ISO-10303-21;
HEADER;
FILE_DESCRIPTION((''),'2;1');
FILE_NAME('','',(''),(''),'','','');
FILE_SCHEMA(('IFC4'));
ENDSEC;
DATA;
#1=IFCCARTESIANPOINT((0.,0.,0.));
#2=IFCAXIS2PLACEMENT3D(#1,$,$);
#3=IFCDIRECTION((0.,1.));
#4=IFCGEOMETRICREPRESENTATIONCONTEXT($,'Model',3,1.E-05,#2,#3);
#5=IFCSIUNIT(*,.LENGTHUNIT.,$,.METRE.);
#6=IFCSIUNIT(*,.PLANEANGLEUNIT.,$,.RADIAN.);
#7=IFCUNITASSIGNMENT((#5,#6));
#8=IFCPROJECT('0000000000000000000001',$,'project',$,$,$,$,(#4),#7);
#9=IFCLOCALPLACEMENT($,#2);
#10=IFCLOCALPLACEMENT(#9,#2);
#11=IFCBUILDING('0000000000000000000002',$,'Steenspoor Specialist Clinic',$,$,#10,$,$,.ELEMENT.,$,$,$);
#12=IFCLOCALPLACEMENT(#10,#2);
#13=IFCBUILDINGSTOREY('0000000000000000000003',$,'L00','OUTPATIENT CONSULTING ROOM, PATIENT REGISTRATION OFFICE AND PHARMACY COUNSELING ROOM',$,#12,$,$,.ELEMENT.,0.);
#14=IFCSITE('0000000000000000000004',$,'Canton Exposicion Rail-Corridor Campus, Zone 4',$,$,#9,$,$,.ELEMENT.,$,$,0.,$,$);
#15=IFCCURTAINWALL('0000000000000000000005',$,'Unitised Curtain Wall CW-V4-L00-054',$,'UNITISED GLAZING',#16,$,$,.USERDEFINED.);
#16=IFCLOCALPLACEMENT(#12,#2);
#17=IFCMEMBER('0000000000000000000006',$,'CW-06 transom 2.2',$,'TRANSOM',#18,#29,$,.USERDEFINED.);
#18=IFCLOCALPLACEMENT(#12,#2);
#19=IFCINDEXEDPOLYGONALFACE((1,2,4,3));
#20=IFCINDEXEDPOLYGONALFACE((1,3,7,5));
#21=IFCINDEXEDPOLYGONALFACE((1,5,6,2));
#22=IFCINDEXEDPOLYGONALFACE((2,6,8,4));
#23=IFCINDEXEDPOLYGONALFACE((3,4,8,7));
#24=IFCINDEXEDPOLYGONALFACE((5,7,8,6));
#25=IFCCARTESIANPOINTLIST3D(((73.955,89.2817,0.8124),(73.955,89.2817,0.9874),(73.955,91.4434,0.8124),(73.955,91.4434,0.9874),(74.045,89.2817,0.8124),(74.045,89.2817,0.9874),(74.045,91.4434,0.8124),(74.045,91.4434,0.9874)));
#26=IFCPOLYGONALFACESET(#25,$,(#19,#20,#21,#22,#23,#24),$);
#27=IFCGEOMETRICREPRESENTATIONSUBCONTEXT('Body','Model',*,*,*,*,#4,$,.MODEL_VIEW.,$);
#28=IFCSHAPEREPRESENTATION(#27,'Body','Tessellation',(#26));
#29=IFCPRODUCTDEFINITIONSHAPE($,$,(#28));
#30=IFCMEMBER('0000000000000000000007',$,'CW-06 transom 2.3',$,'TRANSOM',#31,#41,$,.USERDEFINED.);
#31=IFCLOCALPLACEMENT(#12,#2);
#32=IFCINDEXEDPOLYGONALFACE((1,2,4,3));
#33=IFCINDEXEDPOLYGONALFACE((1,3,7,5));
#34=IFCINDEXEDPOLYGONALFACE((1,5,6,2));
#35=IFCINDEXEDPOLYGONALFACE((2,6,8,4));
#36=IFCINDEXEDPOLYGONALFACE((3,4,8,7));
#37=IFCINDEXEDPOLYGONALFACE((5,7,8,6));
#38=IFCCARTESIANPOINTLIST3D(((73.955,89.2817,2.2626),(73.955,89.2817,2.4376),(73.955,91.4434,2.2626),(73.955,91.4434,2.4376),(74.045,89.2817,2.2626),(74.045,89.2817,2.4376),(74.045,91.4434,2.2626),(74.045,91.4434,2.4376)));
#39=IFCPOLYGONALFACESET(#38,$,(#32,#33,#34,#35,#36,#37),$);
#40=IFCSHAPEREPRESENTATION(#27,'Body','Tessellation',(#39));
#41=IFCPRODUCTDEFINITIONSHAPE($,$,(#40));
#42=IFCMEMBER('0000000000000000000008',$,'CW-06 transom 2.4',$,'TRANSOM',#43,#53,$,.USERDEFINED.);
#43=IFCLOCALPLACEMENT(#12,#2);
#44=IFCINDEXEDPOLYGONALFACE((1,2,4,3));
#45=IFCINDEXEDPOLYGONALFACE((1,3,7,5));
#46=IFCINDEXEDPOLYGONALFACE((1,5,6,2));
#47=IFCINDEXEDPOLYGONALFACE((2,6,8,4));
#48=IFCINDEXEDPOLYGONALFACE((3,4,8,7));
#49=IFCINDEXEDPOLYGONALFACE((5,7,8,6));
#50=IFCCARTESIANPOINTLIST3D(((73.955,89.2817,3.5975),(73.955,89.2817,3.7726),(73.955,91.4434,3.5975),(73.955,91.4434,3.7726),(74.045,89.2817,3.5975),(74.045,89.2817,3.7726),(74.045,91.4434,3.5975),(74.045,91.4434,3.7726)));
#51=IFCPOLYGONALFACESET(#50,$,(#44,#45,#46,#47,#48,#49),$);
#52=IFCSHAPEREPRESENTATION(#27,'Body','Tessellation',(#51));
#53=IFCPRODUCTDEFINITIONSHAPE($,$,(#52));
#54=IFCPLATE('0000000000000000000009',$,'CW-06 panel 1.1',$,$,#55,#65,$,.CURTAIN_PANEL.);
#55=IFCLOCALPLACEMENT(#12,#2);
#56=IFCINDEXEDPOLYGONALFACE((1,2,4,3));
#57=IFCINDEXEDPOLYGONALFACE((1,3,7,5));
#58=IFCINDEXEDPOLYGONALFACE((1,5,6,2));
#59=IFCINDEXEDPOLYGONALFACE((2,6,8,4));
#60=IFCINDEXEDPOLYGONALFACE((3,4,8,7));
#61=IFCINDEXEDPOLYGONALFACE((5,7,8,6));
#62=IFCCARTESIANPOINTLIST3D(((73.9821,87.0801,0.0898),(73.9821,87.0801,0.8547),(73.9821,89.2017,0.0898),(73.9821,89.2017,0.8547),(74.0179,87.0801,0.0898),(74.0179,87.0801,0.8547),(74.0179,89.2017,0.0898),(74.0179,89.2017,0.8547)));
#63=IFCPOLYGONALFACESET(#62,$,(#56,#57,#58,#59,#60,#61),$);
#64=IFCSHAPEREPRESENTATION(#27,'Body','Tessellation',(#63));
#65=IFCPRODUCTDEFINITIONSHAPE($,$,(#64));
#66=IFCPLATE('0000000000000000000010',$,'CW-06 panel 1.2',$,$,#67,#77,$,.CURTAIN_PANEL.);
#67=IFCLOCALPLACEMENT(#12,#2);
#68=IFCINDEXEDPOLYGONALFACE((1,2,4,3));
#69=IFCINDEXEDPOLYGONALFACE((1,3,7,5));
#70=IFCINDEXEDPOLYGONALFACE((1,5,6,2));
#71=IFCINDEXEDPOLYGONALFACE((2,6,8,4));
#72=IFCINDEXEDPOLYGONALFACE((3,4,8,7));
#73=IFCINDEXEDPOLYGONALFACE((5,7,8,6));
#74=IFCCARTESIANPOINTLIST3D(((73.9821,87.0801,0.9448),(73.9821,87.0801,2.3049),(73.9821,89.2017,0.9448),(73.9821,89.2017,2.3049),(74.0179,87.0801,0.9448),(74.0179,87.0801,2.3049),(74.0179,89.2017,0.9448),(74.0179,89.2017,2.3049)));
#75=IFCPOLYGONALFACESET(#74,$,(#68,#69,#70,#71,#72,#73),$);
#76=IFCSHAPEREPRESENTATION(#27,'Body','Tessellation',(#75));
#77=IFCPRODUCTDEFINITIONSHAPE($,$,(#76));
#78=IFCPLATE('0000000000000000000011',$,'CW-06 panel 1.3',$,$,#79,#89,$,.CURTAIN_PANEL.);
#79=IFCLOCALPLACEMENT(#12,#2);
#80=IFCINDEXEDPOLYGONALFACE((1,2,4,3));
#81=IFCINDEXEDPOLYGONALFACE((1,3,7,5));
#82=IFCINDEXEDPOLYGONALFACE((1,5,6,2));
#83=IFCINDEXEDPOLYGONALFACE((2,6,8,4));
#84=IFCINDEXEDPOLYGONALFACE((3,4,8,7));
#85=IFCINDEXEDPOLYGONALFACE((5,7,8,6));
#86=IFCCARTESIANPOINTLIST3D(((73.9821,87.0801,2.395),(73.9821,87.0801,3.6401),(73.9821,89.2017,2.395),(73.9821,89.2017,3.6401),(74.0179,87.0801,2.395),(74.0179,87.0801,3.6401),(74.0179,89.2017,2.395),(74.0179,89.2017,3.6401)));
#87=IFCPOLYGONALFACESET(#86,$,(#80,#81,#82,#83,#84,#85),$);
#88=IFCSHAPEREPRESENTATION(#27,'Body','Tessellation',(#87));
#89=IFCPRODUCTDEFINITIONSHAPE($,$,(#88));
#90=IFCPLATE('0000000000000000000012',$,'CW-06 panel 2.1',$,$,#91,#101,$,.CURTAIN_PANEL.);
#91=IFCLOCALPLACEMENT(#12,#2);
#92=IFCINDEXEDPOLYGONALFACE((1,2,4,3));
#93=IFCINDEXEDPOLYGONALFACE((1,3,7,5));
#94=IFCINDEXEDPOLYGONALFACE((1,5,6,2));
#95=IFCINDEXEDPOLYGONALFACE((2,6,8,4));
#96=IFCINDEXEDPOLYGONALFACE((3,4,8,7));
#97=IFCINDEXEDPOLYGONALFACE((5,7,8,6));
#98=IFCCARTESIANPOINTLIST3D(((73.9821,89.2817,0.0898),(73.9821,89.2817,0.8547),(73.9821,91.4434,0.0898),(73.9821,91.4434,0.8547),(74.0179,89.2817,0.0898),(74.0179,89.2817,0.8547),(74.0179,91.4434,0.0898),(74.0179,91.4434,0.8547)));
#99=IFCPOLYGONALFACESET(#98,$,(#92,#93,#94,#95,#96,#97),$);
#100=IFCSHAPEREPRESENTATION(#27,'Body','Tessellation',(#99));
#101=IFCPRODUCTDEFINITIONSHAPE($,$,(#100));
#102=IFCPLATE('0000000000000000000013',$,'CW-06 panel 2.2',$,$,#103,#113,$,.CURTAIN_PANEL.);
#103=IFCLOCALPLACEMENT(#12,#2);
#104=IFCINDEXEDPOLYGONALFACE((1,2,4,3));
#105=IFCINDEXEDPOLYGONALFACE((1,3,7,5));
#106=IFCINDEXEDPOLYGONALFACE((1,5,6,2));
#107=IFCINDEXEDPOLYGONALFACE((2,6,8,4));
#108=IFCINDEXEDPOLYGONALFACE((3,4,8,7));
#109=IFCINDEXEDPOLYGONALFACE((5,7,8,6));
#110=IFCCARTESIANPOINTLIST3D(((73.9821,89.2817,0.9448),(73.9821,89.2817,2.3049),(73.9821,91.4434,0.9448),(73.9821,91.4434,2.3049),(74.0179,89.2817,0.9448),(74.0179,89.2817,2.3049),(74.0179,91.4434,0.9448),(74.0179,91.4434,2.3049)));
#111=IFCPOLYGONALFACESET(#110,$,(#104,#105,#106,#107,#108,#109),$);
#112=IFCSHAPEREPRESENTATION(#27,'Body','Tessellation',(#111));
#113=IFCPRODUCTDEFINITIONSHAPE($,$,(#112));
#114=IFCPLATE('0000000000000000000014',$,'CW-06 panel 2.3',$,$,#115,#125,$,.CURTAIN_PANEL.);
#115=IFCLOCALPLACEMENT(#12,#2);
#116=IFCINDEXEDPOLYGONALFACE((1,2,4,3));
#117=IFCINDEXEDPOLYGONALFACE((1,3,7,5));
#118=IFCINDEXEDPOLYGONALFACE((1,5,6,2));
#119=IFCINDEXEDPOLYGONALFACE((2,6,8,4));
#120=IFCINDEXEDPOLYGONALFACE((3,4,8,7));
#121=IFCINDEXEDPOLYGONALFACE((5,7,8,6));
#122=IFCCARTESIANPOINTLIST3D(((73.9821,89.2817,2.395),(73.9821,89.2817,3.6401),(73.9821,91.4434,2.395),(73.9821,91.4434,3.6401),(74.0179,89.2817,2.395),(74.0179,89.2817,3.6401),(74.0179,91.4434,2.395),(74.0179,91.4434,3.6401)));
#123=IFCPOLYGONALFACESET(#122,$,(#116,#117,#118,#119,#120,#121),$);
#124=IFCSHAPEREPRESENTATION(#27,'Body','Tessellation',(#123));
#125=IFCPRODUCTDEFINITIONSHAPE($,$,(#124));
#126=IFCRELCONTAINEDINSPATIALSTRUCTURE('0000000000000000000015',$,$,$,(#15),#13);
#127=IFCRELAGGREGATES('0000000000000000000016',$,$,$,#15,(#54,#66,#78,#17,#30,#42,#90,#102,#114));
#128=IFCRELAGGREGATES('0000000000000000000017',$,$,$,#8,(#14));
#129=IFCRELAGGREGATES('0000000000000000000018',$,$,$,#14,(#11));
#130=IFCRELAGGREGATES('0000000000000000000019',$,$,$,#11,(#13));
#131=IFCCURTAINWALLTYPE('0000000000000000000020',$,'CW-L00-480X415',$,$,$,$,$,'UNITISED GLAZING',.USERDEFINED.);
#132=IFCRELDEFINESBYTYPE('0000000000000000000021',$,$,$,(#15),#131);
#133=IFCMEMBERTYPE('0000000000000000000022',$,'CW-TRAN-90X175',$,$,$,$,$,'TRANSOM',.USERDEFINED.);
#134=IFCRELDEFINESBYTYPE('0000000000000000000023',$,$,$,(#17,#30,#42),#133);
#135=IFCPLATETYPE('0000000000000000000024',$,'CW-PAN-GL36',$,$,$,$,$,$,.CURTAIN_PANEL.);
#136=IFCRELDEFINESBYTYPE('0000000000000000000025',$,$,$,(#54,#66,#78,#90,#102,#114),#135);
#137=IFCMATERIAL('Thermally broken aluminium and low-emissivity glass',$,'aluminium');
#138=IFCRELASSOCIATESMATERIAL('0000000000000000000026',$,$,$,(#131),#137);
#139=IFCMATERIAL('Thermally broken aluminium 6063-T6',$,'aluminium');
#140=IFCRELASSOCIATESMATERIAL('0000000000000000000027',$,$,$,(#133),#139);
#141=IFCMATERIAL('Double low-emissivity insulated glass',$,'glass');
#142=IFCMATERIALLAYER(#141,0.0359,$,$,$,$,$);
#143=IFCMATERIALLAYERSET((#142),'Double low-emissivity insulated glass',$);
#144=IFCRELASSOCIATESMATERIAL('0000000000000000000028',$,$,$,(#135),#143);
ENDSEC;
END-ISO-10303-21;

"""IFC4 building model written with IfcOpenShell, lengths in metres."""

from ifc_helpers import new_model, si_unit, direction, frame, origin, origin_2d, place, context, subcontext, project, spatial, rectangle, extrude, material, layer, layer_set, material_profile, profile_set, type_object, element, aggregate, save


model = new_model("IFC4")

# Units and contexts
model_context = context("Model", 3, precision=1e-05, world=origin(), true_north=direction((0.0, 1.0)))
body_context = subcontext(model_context, "Body", "Model", "MODEL_VIEW")
ifc_project = project(units=[si_unit("LENGTHUNIT", "METRE"), si_unit("PLANEANGLEUNIT", "RADIAN")], contexts=[model_context])

# Site, building, storey
site_placement = place(None, origin())
site = spatial("IfcSite", under=ifc_project, at=site_placement, Name="Canton Exposicion Rail-Corridor Campus, Zone 4", CompositionType="ELEMENT", RefElevation=0.0)
building_placement = place(site_placement, origin())
building = spatial("IfcBuilding", under=site, at=building_placement, Name="Steenspoor Specialist Clinic", CompositionType="ELEMENT")
storey_placement = place(building_placement, origin())
storey = spatial("IfcBuildingStorey", under=building, at=storey_placement, Name="L00", Description="OUTPATIENT CONSULTING ROOM, PATIENT REGISTRATION OFFICE AND PHARMACY COUNSELING ROOM", CompositionType="ELEMENT", Elevation=0.0)

# Curtain wall, members, plates
ifc_material_1 = material(Name="Thermally broken aluminium and low-emissivity glass", Category="aluminium")
curtain_wall_type = type_object("IfcCurtainWallType", Name="CW-L00-480X415", ElementType="UNITISED GLAZING", PredefinedType="USERDEFINED", material=ifc_material_1)
curtain_wall_placement = place(storey_placement, origin())
curtain_wall = element("IfcCurtainWall", 1, at=curtain_wall_placement, inside=storey, type_object=curtain_wall_type, Name="Unitised Curtain Wall CW-V4-L00-054", ObjectType="UNITISED GLAZING", PredefinedType="USERDEFINED")
ifc_material_2 = material(Name="Thermally broken aluminium 6063-T6", Category="aluminium")
ifc_material_profile_1 = material_profile(ifc_material_2, rectangle(XDim=0.0901, YDim=0.175, at=origin_2d()), Name="CWT-90X175")
ifc_profile_set_1 = profile_set([ifc_material_profile_1], Name="Thermally broken aluminium 6063-T6")
member_type_1 = type_object("IfcMemberType", Name="CW-TRAN-90X175", ElementType="TRANSOM", PredefinedType="USERDEFINED", material=ifc_profile_set_1)
member_1_placement = place(storey_placement, frame((74.0, 89.2817, 0.8999), z_axis=(0.0, 1.0, 0.0), x_axis=(-1.0, 0.0, 0.0)))
member_1 = element("IfcMember", 2, at=member_1_placement, type_object=member_type_1, Name="CW-06 transom 2.2", ObjectType="TRANSOM", PredefinedType="USERDEFINED", context=body_context, shape_type="SweptSolid", body=[
    extrude(rectangle(XDim=0.0901, YDim=0.175, at=origin_2d()), origin(), (0.0, 0.0, 1.0), 2.1616),
])
member_2_placement = place(storey_placement, frame((74.0, 89.2817, 2.3501), z_axis=(0.0, 1.0, 0.0), x_axis=(-1.0, 0.0, 0.0)))
member_2 = element("IfcMember", 3, at=member_2_placement, type_object=member_type_1, Name="CW-06 transom 2.3", ObjectType="TRANSOM", PredefinedType="USERDEFINED", context=body_context, shape_type="SweptSolid", body=[
    extrude(rectangle(XDim=0.0901, YDim=0.175, at=origin_2d()), origin(), (0.0, 0.0, 1.0), 2.1616),
])
member_3_placement = place(storey_placement, frame((74.0, 89.2817, 3.6851), z_axis=(0.0, 1.0, 0.0), x_axis=(-1.0, 0.0, 0.0)))
member_3 = element("IfcMember", 4, at=member_3_placement, type_object=member_type_1, Name="CW-06 transom 2.4", ObjectType="TRANSOM", PredefinedType="USERDEFINED", context=body_context, shape_type="SweptSolid", body=[
    extrude(rectangle(XDim=0.0901, YDim=0.175, at=origin_2d()), origin(), (0.0, 0.0, 1.0), 2.1616),
])
ifc_material_3 = material(Name="Double low-emissivity insulated glass", Category="glass")
ifc_layer = layer(ifc_material_3, 0.0359)
ifc_layer_set = layer_set([ifc_layer], Name="Double low-emissivity insulated glass")
plate_type = type_object("IfcPlateType", Name="CW-PAN-GL36", PredefinedType="CURTAIN_PANEL", material=ifc_layer_set)
plate_1_placement = place(storey_placement, frame((74.0, 88.1409, 0.0898), z_axis=(0.0, 0.0, 1.0), x_axis=(0.0, 1.0, 0.0)))
plate_1 = element("IfcPlate", 5, at=plate_1_placement, type_object=plate_type, Name="CW-06 panel 1.1", PredefinedType="CURTAIN_PANEL", context=body_context, shape_type="SweptSolid", body=[
    extrude(rectangle(XDim=2.1216, YDim=0.0359, at=origin_2d()), origin(), (0.0, 0.0, 1.0), 0.7649),
])
plate_2_placement = place(storey_placement, frame((74.0, 88.1409, 0.9448), z_axis=(0.0, 0.0, 1.0), x_axis=(0.0, 1.0, 0.0)))
plate_2 = element("IfcPlate", 6, at=plate_2_placement, type_object=plate_type, Name="CW-06 panel 1.2", PredefinedType="CURTAIN_PANEL", context=body_context, shape_type="SweptSolid", body=[
    extrude(rectangle(XDim=2.1216, YDim=0.0359, at=origin_2d()), origin(), (0.0, 0.0, 1.0), 1.3601),
])
plate_3_placement = place(storey_placement, frame((74.0, 88.1409, 2.395), z_axis=(0.0, 0.0, 1.0), x_axis=(0.0, 1.0, 0.0)))
plate_3 = element("IfcPlate", 7, at=plate_3_placement, type_object=plate_type, Name="CW-06 panel 1.3", PredefinedType="CURTAIN_PANEL", context=body_context, shape_type="SweptSolid", body=[
    extrude(rectangle(XDim=2.1216, YDim=0.0359, at=origin_2d()), origin(), (0.0, 0.0, 1.0), 1.2451),
])
plate_4_placement = place(storey_placement, frame((74.0, 90.3625, 0.0898), z_axis=(0.0, 0.0, 1.0), x_axis=(0.0, 1.0, 0.0)))
plate_4 = element("IfcPlate", 8, at=plate_4_placement, type_object=plate_type, Name="CW-06 panel 2.1", PredefinedType="CURTAIN_PANEL", context=body_context, shape_type="SweptSolid", body=[
    extrude(rectangle(XDim=2.1616, YDim=0.0359, at=origin_2d()), origin(), (0.0, 0.0, 1.0), 0.7649),
])
plate_5_placement = place(storey_placement, frame((74.0, 90.3625, 0.9448), z_axis=(0.0, 0.0, 1.0), x_axis=(0.0, 1.0, 0.0)))
plate_5 = element("IfcPlate", 9, at=plate_5_placement, type_object=plate_type, Name="CW-06 panel 2.2", PredefinedType="CURTAIN_PANEL", context=body_context, shape_type="SweptSolid", body=[
    extrude(rectangle(XDim=2.1616, YDim=0.0359, at=origin_2d()), origin(), (0.0, 0.0, 1.0), 1.3601),
])
plate_6_placement = place(storey_placement, frame((74.0, 90.3625, 2.395), z_axis=(0.0, 0.0, 1.0), x_axis=(0.0, 1.0, 0.0)))
plate_6 = element("IfcPlate", 10, at=plate_6_placement, type_object=plate_type, Name="CW-06 panel 2.3", PredefinedType="CURTAIN_PANEL", context=body_context, shape_type="SweptSolid", body=[
    extrude(rectangle(XDim=2.1616, YDim=0.0359, at=origin_2d()), origin(), (0.0, 0.0, 1.0), 1.2451),
])
aggregate(curtain_wall, [plate_1, plate_2, plate_3, member_1, member_2, member_3, plate_4, plate_5, plate_6])

save(model, "model.ifc")
